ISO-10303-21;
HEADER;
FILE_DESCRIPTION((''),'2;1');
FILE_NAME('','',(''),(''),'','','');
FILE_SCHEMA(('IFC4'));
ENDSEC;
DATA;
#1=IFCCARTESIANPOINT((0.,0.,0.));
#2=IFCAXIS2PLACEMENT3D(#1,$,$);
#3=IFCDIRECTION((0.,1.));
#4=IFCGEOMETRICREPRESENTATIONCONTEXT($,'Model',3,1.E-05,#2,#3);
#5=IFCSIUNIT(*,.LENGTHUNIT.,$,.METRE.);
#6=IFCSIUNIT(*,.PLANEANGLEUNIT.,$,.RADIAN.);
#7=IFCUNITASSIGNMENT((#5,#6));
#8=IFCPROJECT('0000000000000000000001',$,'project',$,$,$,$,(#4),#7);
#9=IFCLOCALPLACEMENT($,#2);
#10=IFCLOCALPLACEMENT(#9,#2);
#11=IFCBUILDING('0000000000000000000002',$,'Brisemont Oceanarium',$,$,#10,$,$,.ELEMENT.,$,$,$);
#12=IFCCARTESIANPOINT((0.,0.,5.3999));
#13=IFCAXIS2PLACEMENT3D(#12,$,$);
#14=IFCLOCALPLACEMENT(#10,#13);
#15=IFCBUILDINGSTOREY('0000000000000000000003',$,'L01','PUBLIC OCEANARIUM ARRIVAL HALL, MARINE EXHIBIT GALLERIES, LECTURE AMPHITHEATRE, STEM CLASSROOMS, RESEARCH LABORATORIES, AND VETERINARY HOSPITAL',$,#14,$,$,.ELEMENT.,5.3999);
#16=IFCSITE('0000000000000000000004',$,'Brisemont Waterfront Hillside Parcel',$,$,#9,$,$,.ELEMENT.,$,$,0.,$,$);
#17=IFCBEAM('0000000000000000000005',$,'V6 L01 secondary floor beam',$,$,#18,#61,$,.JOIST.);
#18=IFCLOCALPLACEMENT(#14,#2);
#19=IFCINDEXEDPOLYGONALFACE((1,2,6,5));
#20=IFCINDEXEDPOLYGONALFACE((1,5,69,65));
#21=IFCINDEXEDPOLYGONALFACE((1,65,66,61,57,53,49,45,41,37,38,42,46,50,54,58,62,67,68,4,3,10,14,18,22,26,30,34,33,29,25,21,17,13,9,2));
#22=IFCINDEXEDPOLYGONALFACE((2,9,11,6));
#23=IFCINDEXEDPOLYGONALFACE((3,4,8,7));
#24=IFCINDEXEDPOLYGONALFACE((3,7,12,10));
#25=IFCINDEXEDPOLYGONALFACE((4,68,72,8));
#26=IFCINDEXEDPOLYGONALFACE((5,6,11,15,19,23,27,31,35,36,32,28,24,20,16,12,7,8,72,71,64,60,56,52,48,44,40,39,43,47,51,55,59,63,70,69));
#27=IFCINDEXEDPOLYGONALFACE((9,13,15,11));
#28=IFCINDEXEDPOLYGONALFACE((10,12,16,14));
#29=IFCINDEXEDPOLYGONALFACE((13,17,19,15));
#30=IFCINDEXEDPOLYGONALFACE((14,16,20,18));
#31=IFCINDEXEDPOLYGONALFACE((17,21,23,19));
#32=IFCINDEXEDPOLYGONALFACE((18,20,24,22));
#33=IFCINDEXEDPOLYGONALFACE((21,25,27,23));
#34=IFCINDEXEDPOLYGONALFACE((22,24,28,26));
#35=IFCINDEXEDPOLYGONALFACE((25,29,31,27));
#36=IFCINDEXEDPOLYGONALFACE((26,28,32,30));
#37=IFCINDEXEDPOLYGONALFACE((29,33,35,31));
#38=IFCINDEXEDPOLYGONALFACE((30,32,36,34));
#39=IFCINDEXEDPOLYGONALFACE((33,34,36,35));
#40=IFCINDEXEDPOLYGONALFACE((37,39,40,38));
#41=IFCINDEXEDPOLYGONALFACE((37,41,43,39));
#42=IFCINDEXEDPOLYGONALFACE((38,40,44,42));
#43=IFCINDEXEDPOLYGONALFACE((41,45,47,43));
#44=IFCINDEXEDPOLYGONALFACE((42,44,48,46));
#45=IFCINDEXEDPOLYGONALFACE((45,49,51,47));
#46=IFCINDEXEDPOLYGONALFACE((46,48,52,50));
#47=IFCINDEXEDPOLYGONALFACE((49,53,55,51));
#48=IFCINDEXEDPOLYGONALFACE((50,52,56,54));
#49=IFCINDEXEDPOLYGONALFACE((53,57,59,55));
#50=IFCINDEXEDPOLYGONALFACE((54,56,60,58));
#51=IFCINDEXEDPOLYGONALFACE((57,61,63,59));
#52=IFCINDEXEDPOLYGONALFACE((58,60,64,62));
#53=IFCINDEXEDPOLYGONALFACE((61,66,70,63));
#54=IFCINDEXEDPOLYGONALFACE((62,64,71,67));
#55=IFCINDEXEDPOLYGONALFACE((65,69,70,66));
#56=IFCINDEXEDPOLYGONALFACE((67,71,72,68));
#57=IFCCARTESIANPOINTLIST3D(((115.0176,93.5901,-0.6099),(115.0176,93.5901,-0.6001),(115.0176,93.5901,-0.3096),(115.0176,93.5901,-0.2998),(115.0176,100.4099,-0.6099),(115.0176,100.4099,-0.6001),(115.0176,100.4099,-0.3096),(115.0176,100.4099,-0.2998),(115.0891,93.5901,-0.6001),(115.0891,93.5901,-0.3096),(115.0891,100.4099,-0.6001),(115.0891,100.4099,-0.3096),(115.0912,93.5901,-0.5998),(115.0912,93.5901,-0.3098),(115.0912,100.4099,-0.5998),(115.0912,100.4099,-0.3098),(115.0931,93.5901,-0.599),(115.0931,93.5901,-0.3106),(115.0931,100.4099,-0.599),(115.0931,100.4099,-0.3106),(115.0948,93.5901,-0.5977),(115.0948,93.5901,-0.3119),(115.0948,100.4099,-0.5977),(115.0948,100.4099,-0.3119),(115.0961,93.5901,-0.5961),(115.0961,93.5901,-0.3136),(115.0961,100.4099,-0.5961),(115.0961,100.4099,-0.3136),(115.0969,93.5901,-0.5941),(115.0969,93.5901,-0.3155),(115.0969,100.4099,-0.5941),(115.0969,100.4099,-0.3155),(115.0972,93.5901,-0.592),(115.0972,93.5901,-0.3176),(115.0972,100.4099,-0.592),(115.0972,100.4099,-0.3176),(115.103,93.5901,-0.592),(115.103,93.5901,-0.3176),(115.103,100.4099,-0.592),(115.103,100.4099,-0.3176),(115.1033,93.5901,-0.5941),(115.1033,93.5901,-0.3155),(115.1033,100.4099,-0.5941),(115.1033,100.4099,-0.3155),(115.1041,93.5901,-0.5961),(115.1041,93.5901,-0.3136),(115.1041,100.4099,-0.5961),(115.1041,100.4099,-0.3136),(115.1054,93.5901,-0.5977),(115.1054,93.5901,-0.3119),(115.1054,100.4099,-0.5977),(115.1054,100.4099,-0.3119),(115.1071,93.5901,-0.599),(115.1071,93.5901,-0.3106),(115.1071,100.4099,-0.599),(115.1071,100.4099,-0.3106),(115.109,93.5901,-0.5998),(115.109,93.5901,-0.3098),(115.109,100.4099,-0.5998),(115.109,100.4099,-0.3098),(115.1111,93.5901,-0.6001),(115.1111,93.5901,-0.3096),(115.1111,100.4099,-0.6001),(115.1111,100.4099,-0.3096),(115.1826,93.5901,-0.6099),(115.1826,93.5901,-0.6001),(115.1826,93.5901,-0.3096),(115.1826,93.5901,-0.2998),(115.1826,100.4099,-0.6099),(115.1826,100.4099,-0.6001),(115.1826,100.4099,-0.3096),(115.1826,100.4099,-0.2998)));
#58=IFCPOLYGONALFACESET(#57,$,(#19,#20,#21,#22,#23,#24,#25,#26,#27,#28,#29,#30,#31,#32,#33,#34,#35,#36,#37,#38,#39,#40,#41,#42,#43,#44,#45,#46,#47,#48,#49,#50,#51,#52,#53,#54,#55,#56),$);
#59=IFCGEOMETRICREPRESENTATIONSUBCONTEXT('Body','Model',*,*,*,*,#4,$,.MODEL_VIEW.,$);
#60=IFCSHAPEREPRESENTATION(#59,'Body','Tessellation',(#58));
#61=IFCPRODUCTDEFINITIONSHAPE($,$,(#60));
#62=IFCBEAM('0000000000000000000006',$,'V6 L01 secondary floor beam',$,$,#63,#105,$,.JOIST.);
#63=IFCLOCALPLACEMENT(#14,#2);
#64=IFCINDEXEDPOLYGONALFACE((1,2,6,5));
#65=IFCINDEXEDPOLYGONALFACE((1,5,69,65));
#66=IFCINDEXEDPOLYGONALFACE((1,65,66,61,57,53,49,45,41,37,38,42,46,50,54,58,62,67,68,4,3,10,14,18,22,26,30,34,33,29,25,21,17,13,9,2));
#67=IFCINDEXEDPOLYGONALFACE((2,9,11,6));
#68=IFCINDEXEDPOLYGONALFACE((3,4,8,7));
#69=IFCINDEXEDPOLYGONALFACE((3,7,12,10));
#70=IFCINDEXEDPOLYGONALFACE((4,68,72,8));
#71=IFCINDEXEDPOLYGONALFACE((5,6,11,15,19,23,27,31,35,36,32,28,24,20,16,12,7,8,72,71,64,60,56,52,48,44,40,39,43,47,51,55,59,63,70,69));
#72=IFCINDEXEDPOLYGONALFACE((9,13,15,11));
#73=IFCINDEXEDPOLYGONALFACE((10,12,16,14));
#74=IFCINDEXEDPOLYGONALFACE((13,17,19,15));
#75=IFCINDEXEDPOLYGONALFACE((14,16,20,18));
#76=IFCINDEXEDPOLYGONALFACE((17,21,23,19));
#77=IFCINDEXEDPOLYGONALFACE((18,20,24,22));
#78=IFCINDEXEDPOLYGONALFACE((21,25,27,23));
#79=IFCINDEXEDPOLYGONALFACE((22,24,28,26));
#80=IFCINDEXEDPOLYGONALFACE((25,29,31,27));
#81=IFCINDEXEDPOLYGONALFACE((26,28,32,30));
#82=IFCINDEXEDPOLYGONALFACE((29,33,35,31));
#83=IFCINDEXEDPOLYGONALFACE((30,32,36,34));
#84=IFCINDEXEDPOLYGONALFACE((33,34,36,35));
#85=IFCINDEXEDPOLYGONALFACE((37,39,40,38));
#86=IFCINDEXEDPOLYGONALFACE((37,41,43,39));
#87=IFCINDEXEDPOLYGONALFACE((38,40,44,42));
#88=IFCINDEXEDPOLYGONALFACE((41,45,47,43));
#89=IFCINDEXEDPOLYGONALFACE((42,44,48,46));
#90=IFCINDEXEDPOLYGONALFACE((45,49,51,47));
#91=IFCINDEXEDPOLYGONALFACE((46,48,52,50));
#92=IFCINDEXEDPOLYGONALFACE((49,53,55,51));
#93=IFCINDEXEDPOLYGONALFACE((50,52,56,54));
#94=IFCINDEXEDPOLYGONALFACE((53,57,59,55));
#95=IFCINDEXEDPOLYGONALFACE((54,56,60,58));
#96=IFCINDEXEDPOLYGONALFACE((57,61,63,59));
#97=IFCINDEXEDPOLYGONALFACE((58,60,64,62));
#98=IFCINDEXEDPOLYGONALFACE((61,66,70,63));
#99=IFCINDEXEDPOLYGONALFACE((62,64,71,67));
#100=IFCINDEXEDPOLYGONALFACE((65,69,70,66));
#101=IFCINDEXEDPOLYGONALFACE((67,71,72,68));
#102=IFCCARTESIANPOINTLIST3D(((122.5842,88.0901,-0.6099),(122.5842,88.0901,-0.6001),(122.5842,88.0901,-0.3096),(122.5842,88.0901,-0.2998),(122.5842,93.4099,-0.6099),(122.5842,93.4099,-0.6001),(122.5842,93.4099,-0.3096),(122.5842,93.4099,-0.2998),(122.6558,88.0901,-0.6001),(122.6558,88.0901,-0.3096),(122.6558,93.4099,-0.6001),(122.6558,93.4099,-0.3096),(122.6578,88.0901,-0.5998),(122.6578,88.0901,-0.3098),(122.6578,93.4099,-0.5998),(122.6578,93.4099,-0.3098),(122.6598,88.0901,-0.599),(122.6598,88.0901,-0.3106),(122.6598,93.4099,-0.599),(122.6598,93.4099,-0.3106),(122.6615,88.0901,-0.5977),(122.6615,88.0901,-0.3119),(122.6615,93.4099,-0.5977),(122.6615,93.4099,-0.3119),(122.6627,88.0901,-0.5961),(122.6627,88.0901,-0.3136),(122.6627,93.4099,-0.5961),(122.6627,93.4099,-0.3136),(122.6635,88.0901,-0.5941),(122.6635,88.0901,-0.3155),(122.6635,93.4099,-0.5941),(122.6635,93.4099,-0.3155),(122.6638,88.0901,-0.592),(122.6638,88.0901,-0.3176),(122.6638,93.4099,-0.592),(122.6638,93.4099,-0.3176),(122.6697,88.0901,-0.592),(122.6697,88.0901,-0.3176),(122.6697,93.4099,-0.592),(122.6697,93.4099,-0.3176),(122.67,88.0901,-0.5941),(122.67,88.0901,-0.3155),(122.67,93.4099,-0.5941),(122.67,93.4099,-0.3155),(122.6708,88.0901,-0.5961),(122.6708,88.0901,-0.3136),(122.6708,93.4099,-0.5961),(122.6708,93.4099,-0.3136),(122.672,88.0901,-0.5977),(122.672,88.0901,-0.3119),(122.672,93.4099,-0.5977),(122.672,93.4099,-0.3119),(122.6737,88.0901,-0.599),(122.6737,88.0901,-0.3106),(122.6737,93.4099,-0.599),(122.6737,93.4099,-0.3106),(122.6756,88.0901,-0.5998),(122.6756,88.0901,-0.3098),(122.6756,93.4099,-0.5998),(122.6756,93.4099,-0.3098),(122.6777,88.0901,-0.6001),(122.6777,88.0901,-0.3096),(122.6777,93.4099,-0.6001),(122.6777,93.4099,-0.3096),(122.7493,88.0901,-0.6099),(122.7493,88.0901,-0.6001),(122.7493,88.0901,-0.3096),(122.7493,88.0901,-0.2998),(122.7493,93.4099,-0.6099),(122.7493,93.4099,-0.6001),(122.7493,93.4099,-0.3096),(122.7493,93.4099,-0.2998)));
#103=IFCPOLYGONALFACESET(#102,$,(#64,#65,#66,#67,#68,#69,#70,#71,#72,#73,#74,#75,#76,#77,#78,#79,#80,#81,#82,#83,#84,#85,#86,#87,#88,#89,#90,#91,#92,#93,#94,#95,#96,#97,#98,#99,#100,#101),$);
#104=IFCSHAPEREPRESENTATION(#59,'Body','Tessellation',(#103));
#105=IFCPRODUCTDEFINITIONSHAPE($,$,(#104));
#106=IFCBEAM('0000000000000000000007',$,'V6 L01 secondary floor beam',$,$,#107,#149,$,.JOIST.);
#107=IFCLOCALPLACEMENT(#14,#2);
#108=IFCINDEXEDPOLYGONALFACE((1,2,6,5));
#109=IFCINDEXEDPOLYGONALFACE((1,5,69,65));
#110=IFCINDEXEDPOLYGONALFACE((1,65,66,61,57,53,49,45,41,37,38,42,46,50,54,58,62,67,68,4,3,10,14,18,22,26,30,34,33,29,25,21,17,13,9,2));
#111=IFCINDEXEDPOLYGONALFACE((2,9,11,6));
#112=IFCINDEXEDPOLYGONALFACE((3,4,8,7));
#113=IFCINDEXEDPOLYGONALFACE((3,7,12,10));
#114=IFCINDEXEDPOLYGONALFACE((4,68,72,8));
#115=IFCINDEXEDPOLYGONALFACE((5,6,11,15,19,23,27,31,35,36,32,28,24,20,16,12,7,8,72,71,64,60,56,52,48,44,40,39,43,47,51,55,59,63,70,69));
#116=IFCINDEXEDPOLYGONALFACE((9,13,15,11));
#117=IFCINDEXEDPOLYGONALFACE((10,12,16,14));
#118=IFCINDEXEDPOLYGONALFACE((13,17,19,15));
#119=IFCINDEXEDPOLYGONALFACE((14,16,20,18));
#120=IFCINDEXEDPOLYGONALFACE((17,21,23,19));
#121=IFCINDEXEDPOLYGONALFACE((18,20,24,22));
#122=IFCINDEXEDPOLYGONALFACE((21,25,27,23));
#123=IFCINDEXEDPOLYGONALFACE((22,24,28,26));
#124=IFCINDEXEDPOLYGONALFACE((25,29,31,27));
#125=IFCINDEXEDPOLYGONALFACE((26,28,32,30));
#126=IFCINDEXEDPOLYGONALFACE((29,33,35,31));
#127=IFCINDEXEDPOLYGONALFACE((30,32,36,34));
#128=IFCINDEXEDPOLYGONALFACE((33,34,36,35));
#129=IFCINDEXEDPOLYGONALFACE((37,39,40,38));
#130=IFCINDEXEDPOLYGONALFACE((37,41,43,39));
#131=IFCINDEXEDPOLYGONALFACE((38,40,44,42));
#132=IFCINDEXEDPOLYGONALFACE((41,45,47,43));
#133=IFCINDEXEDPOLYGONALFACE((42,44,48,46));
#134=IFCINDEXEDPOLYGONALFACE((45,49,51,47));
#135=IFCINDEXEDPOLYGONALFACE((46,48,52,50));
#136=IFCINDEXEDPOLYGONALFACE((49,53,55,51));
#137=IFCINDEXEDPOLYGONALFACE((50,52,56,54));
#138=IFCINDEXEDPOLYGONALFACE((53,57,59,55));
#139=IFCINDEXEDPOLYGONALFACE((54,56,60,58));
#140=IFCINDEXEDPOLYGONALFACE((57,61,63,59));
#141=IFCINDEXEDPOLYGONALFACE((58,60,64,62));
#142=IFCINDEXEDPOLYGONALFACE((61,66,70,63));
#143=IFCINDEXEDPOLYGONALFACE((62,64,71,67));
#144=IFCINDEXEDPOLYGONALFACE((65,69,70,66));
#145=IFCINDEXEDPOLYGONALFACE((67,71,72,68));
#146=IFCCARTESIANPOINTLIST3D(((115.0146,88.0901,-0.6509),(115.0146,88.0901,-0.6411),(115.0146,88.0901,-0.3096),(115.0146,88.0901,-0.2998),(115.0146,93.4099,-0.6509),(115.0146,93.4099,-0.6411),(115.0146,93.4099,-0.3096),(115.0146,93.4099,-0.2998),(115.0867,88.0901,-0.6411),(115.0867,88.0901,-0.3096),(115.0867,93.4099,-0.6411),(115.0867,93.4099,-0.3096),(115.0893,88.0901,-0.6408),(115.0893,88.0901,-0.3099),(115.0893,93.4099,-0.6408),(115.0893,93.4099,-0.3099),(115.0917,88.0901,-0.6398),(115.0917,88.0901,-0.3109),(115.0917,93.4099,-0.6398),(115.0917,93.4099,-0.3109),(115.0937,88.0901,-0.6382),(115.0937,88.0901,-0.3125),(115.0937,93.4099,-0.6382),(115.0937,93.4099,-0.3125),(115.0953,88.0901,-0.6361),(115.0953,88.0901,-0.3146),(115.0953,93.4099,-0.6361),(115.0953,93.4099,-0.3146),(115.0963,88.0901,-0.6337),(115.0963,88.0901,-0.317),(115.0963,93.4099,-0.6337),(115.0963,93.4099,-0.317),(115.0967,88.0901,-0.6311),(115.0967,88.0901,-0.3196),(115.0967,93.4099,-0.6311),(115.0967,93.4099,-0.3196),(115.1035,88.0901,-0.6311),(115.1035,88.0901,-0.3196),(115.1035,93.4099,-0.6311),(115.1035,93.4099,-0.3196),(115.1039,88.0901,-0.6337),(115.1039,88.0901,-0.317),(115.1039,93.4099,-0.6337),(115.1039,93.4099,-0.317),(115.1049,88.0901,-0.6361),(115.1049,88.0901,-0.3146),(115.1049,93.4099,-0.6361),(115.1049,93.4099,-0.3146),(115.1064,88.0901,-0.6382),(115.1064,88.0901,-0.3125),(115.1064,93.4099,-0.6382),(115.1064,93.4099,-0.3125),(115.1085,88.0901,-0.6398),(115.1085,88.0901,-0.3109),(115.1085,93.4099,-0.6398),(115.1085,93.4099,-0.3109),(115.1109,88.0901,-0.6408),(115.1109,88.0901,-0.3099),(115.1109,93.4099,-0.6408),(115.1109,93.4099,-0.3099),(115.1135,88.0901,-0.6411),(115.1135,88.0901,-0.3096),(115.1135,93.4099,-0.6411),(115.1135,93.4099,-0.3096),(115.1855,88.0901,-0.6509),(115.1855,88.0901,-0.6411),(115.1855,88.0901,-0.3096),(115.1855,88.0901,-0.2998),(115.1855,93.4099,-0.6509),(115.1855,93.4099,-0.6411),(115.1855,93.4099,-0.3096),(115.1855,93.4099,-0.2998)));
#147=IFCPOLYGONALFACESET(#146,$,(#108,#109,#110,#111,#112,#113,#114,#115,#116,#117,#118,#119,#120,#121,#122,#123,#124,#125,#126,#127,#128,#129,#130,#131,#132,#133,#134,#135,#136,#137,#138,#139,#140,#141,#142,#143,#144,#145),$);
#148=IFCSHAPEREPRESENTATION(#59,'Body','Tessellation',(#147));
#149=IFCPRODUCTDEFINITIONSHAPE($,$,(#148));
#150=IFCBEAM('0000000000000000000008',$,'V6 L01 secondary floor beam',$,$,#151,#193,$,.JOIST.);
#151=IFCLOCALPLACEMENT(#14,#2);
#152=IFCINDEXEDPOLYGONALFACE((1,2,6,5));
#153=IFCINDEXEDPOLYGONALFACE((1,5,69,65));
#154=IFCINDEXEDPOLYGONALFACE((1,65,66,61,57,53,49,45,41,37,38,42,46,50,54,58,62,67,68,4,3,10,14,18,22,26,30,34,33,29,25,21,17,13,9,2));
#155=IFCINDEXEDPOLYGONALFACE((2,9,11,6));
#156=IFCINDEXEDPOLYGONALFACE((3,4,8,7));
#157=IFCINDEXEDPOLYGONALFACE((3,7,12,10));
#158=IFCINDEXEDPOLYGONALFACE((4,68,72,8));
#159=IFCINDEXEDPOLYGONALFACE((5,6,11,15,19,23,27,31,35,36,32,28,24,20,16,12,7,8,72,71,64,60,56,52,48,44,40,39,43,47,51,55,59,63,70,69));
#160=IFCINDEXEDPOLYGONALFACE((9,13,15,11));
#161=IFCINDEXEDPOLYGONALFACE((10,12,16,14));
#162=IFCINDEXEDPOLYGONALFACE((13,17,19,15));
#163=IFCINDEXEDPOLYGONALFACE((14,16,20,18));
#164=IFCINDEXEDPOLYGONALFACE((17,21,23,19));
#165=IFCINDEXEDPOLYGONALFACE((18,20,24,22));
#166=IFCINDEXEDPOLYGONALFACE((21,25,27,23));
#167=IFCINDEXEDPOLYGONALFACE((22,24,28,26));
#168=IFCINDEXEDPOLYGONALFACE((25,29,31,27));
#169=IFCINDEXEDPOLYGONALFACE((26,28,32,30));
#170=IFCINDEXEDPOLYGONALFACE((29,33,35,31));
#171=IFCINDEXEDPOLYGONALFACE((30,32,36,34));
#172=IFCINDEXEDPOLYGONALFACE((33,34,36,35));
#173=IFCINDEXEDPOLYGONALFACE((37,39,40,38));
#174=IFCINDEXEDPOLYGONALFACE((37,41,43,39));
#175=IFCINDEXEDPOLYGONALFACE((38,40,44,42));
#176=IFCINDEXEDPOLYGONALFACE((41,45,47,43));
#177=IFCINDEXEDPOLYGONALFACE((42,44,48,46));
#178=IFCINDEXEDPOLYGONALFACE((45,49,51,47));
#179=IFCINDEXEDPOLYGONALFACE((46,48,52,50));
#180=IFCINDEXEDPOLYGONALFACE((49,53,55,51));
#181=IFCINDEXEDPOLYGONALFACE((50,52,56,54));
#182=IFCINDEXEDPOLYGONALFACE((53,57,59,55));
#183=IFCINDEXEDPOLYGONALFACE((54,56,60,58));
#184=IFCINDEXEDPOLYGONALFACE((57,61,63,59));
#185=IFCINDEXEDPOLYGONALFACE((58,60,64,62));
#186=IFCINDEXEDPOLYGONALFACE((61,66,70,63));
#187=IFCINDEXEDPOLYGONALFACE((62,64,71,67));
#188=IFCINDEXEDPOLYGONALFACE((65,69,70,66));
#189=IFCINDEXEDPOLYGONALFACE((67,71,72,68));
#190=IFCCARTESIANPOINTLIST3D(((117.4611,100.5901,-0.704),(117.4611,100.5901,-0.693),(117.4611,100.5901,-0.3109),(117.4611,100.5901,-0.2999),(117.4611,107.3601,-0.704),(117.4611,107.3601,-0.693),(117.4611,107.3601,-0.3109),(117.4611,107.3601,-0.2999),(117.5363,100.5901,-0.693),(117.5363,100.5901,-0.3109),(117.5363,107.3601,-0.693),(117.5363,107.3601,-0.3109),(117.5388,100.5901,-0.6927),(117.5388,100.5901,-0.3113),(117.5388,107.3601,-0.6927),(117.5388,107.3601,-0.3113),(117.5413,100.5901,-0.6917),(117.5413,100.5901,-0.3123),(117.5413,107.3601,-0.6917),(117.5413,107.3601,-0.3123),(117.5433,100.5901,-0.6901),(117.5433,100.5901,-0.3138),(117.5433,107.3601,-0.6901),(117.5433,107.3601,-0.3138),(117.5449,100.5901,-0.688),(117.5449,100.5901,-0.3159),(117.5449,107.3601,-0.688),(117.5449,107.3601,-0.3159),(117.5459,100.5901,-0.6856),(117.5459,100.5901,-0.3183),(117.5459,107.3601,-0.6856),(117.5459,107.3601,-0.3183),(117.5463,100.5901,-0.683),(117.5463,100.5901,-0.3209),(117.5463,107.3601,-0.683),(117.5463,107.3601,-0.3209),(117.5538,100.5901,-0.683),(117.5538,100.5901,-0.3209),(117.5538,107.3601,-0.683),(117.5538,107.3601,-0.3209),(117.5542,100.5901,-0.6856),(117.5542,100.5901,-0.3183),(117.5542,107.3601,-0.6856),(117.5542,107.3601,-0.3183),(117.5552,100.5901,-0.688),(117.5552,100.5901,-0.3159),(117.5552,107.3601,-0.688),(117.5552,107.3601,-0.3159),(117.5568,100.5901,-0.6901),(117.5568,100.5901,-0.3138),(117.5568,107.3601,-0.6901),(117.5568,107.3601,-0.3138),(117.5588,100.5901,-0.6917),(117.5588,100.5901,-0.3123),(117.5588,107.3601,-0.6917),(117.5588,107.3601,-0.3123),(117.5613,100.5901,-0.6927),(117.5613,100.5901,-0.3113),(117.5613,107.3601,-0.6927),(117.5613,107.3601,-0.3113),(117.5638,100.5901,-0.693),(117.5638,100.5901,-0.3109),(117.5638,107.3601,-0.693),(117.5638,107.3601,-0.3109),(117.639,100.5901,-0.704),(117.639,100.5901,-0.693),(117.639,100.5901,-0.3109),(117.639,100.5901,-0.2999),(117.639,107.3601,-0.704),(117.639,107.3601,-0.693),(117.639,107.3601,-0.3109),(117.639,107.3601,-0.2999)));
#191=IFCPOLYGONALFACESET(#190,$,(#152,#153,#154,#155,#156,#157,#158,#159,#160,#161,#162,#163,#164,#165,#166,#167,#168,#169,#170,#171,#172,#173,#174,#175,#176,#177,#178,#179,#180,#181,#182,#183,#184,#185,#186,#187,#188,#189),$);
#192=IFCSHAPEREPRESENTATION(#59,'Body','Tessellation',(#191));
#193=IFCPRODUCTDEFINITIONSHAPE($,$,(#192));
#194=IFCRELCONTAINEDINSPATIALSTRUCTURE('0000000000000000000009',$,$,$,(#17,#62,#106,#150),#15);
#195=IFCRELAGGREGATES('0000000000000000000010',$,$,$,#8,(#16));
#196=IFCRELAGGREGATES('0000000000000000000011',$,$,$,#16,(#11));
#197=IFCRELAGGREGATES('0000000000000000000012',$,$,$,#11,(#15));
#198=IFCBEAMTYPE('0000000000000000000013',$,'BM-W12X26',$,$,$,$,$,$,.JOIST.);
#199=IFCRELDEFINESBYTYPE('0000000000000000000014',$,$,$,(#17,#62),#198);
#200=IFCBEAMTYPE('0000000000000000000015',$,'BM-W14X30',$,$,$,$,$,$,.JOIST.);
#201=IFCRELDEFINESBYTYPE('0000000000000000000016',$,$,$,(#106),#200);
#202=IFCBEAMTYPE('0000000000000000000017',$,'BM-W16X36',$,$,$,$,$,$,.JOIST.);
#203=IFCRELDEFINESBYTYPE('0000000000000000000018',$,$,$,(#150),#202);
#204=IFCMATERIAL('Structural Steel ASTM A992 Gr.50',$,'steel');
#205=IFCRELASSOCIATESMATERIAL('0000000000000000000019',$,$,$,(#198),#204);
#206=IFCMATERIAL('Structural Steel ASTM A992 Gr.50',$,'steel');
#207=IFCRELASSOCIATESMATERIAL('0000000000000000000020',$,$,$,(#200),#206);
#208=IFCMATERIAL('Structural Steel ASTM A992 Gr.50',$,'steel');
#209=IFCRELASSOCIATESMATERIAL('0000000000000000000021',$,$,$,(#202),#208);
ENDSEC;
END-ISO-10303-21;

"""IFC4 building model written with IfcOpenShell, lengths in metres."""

from ifc_helpers import new_model, si_unit, direction, frame, origin, origin_2d, place, context, subcontext, project, spatial, i_section, extrude, material, material_profile, profile_set, type_object, element, save


model = new_model("IFC4")

# Units and contexts
model_context = context("Model", 3, precision=1e-05, world=origin(), true_north=direction((0.0, 1.0)))
body_context = subcontext(model_context, "Body", "Model", "MODEL_VIEW")
ifc_project = project(units=[si_unit("LENGTHUNIT", "METRE"), si_unit("PLANEANGLEUNIT", "RADIAN")], contexts=[model_context])

# Site, building, storey
site_placement = place(None, origin())
site = spatial("IfcSite", under=ifc_project, at=site_placement, Name="Brisemont Waterfront Hillside Parcel", CompositionType="ELEMENT", RefElevation=0.0)
building_placement = place(site_placement, origin())
building = spatial("IfcBuilding", under=site, at=building_placement, Name="Brisemont Oceanarium", CompositionType="ELEMENT")
storey_placement = place(building_placement, frame((0.0, 0.0, 5.3999)))
storey = spatial("IfcBuildingStorey", under=building, at=storey_placement, Name="L01", Description="PUBLIC OCEANARIUM ARRIVAL HALL, MARINE EXHIBIT GALLERIES, LECTURE AMPHITHEATRE, STEM CLASSROOMS, RESEARCH LABORATORIES, AND VETERINARY HOSPITAL", CompositionType="ELEMENT", Elevation=5.3999)

# Beams
ifc_material_1 = material(Name="Structural Steel ASTM A992 Gr.50", Category="steel")
ifc_material_profile_1 = material_profile(ifc_material_1, i_section(OverallWidth=0.165, OverallDepth=0.3101, WebThickness=0.0059, FlangeThickness=0.0098, FilletRadius=0.0081, at=origin_2d()), Name="W12X26")
ifc_profile_set_1 = profile_set([ifc_material_profile_1], Name="Structural Steel ASTM A992 Gr.50")
beam_type_1 = type_object("IfcBeamType", Name="BM-W12X26", PredefinedType="JOIST", material=ifc_profile_set_1)
beam_1_placement = place(storey_placement, frame((115.1001, 93.5901, -0.4548), z_axis=(0.0, 1.0, 0.0), x_axis=(-1.0, 0.0, 0.0)))
element("IfcBeam", 1, at=beam_1_placement, inside=storey, type_object=beam_type_1, Name="V6 L01 secondary floor beam", PredefinedType="JOIST", context=body_context, shape_type="SweptSolid", body=[
    extrude(i_section(OverallWidth=0.165, OverallDepth=0.3101, WebThickness=0.0059, FlangeThickness=0.0098, FilletRadius=0.0081, at=origin_2d()), origin(), (0.0, 0.0, 1.0), 6.8198),
])
beam_2_placement = place(storey_placement, frame((122.6667, 88.0901, -0.4548), z_axis=(0.0, 1.0, 0.0), x_axis=(-1.0, 0.0, 0.0)))
element("IfcBeam", 2, at=beam_2_placement, inside=storey, type_object=beam_type_1, Name="V6 L01 secondary floor beam", PredefinedType="JOIST", context=body_context, shape_type="SweptSolid", body=[
    extrude(i_section(OverallWidth=0.165, OverallDepth=0.3101, WebThickness=0.0059, FlangeThickness=0.0098, FilletRadius=0.0081, at=origin_2d()), origin(), (0.0, 0.0, 1.0), 5.3198),
])
ifc_material_2 = material(Name="Structural Steel ASTM A992 Gr.50", Category="steel")
ifc_material_profile_2 = material_profile(ifc_material_2, i_section(OverallWidth=0.1709, OverallDepth=0.3511, WebThickness=0.0068, FlangeThickness=0.0098, FilletRadius=0.01, at=origin_2d()), Name="W14X30")
ifc_profile_set_2 = profile_set([ifc_material_profile_2], Name="Structural Steel ASTM A992 Gr.50")
beam_type_2 = type_object("IfcBeamType", Name="BM-W14X30", PredefinedType="JOIST", material=ifc_profile_set_2)
beam_3_placement = place(storey_placement, frame((115.1001, 88.0901, -0.4753), z_axis=(0.0, 1.0, 0.0), x_axis=(-1.0, 0.0, 0.0)))
element("IfcBeam", 3, at=beam_3_placement, inside=storey, type_object=beam_type_2, Name="V6 L01 secondary floor beam", PredefinedType="JOIST", context=body_context, shape_type="SweptSolid", body=[
    extrude(i_section(OverallWidth=0.1709, OverallDepth=0.3511, WebThickness=0.0068, FlangeThickness=0.0098, FilletRadius=0.01, at=origin_2d()), origin(), (0.0, 0.0, 1.0), 5.3198),
])
ifc_material_3 = material(Name="Structural Steel ASTM A992 Gr.50", Category="steel")
ifc_material_profile_3 = material_profile(ifc_material_3, i_section(OverallWidth=0.178, OverallDepth=0.4041, WebThickness=0.0076, FlangeThickness=0.011, FilletRadius=0.01, at=origin_2d()), Name="W16X36")
ifc_profile_set_3 = profile_set([ifc_material_profile_3], Name="Structural Steel ASTM A992 Gr.50")
beam_type_3 = type_object("IfcBeamType", Name="BM-W16X36", PredefinedType="JOIST", material=ifc_profile_set_3)
for number, where, z_axis, x_axis, name in (
    (4, (117.55, 100.5901, -0.502), (0.0, 1.0, 0.0), (-1.0, 0.0, 0.0), "V6 L01 secondary floor beam"),
):
    element("IfcBeam", number, at=place(storey_placement, frame(where, z_axis=z_axis, x_axis=x_axis)), inside=storey, type_object=beam_type_3, Name=name, PredefinedType="JOIST", context=body_context, shape_type="SweptSolid", body=[
        extrude(i_section(OverallWidth=0.178, OverallDepth=0.4041, WebThickness=0.0076, FlangeThickness=0.011, FilletRadius=0.01, at=origin_2d()), origin(), (0.0, 0.0, 1.0), 6.77),
    ])

save(model, "model.ifc")
